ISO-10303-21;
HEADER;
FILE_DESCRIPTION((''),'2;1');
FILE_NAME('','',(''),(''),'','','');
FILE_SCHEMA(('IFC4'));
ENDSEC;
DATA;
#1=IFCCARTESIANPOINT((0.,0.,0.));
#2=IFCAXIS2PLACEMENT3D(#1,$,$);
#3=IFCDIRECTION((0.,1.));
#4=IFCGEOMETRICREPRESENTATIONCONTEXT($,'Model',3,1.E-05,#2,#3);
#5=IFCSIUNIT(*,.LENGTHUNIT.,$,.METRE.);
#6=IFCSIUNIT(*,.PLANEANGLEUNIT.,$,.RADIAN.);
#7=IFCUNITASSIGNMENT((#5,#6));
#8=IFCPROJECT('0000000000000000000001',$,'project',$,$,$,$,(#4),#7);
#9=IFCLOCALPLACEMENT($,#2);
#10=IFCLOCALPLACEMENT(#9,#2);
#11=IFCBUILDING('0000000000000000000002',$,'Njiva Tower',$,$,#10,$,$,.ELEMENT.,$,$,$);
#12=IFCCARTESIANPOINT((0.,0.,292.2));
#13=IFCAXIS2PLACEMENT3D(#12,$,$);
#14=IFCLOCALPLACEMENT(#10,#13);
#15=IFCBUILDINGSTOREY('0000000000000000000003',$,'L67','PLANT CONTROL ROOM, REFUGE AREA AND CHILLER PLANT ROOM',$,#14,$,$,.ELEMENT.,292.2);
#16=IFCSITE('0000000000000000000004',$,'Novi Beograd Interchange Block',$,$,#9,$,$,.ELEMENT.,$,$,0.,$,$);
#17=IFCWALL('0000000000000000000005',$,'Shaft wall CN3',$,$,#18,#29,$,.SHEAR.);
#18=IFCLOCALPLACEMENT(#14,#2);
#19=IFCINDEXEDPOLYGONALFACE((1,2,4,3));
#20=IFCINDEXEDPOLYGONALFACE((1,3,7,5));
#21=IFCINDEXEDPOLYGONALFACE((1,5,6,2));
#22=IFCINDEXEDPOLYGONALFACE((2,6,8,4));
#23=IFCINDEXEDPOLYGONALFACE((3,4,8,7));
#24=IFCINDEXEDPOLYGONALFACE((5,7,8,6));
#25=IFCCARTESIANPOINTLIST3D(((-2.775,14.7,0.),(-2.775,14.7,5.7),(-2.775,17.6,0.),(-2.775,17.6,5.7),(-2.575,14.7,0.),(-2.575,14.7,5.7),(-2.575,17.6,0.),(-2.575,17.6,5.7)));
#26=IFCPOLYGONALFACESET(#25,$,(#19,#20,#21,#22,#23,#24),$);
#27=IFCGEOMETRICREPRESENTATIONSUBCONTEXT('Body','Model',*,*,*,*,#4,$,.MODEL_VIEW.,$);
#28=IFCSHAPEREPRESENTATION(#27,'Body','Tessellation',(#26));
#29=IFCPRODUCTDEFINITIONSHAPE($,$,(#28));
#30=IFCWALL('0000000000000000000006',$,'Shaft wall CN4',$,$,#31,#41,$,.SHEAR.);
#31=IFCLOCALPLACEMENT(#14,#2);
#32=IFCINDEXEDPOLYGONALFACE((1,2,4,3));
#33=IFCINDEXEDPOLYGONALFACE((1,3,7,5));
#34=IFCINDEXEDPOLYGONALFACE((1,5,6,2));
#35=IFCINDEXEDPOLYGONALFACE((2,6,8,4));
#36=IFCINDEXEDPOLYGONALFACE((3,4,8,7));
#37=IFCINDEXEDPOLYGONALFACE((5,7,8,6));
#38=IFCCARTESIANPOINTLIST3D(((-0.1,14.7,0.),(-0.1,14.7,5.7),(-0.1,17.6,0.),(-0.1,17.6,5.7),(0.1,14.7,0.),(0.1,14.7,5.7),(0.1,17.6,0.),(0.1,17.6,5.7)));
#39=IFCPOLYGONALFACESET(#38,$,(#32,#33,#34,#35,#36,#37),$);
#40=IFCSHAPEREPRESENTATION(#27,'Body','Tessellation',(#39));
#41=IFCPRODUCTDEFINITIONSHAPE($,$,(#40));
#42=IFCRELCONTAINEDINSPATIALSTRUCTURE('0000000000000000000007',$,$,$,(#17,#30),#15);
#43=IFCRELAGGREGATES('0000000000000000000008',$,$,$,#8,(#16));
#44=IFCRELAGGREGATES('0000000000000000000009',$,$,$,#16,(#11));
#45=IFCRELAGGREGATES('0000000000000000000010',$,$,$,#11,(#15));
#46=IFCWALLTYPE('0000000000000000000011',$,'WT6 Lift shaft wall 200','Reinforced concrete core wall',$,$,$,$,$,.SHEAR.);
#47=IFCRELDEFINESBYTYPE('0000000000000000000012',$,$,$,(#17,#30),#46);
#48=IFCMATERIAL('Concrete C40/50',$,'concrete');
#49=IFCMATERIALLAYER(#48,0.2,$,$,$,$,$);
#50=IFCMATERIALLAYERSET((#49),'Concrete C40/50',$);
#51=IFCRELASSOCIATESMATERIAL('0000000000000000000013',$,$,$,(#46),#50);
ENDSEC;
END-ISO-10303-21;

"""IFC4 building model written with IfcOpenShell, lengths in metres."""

from ifc_helpers import new_model, si_unit, direction, frame, frame_2d, origin, place, context, subcontext, project, spatial, rectangle, extrude, material, layer, layer_set, type_object, element, save


model = new_model("IFC4")

# Units and contexts
model_context = context("Model", 3, precision=1e-05, world=origin(), true_north=direction((0.0, 1.0)))
body_context = subcontext(model_context, "Body", "Model", "MODEL_VIEW")
ifc_project = project(units=[si_unit("LENGTHUNIT", "METRE"), si_unit("PLANEANGLEUNIT", "RADIAN")], contexts=[model_context])

# Site, building, storey
site_placement = place(None, origin())
site = spatial("IfcSite", under=ifc_project, at=site_placement, Name="Novi Beograd Interchange Block", CompositionType="ELEMENT", RefElevation=0.0)
building_placement = place(site_placement, origin())
building = spatial("IfcBuilding", under=site, at=building_placement, Name="Njiva Tower", CompositionType="ELEMENT")
storey_placement = place(building_placement, frame((0.0, 0.0, 292.2)))
storey = spatial("IfcBuildingStorey", under=building, at=storey_placement, Name="L67", Description="PLANT CONTROL ROOM, REFUGE AREA AND CHILLER PLANT ROOM", CompositionType="ELEMENT", Elevation=292.2)

# Walls
ifc_material_1 = material(Name="Concrete C40/50", Category="concrete")
ifc_layer_1 = layer(ifc_material_1, 0.2)
ifc_layer_set_1 = layer_set([ifc_layer_1], Name="Concrete C40/50")
wall_type_1 = type_object("IfcWallType", Name="WT6 Lift shaft wall 200", Description="Reinforced concrete core wall", PredefinedType="SHEAR", material=ifc_layer_set_1)
for number, where, z_axis, x_axis, name in (
    (1, (-2.675, 14.7, 0.0), (0.0, 0.0, 1.0), (0.0, 1.0, 0.0), "Shaft wall CN3"),
    (2, (0.0, 14.7, 0.0), (0.0, 0.0, 1.0), (0.0, 1.0, 0.0), "Shaft wall CN4"),
):
    element("IfcWall", number, at=place(storey_placement, frame(where, z_axis=z_axis, x_axis=x_axis)), inside=storey, type_object=wall_type_1, Name=name, PredefinedType="SHEAR", context=body_context, shape_type="SweptSolid", body=[
        extrude(rectangle(XDim=2.9, YDim=0.2, at=frame_2d((1.45, 0.0))), origin(), (0.0, 0.0, 1.0), 5.7),
    ])

save(model, "model.ifc")
